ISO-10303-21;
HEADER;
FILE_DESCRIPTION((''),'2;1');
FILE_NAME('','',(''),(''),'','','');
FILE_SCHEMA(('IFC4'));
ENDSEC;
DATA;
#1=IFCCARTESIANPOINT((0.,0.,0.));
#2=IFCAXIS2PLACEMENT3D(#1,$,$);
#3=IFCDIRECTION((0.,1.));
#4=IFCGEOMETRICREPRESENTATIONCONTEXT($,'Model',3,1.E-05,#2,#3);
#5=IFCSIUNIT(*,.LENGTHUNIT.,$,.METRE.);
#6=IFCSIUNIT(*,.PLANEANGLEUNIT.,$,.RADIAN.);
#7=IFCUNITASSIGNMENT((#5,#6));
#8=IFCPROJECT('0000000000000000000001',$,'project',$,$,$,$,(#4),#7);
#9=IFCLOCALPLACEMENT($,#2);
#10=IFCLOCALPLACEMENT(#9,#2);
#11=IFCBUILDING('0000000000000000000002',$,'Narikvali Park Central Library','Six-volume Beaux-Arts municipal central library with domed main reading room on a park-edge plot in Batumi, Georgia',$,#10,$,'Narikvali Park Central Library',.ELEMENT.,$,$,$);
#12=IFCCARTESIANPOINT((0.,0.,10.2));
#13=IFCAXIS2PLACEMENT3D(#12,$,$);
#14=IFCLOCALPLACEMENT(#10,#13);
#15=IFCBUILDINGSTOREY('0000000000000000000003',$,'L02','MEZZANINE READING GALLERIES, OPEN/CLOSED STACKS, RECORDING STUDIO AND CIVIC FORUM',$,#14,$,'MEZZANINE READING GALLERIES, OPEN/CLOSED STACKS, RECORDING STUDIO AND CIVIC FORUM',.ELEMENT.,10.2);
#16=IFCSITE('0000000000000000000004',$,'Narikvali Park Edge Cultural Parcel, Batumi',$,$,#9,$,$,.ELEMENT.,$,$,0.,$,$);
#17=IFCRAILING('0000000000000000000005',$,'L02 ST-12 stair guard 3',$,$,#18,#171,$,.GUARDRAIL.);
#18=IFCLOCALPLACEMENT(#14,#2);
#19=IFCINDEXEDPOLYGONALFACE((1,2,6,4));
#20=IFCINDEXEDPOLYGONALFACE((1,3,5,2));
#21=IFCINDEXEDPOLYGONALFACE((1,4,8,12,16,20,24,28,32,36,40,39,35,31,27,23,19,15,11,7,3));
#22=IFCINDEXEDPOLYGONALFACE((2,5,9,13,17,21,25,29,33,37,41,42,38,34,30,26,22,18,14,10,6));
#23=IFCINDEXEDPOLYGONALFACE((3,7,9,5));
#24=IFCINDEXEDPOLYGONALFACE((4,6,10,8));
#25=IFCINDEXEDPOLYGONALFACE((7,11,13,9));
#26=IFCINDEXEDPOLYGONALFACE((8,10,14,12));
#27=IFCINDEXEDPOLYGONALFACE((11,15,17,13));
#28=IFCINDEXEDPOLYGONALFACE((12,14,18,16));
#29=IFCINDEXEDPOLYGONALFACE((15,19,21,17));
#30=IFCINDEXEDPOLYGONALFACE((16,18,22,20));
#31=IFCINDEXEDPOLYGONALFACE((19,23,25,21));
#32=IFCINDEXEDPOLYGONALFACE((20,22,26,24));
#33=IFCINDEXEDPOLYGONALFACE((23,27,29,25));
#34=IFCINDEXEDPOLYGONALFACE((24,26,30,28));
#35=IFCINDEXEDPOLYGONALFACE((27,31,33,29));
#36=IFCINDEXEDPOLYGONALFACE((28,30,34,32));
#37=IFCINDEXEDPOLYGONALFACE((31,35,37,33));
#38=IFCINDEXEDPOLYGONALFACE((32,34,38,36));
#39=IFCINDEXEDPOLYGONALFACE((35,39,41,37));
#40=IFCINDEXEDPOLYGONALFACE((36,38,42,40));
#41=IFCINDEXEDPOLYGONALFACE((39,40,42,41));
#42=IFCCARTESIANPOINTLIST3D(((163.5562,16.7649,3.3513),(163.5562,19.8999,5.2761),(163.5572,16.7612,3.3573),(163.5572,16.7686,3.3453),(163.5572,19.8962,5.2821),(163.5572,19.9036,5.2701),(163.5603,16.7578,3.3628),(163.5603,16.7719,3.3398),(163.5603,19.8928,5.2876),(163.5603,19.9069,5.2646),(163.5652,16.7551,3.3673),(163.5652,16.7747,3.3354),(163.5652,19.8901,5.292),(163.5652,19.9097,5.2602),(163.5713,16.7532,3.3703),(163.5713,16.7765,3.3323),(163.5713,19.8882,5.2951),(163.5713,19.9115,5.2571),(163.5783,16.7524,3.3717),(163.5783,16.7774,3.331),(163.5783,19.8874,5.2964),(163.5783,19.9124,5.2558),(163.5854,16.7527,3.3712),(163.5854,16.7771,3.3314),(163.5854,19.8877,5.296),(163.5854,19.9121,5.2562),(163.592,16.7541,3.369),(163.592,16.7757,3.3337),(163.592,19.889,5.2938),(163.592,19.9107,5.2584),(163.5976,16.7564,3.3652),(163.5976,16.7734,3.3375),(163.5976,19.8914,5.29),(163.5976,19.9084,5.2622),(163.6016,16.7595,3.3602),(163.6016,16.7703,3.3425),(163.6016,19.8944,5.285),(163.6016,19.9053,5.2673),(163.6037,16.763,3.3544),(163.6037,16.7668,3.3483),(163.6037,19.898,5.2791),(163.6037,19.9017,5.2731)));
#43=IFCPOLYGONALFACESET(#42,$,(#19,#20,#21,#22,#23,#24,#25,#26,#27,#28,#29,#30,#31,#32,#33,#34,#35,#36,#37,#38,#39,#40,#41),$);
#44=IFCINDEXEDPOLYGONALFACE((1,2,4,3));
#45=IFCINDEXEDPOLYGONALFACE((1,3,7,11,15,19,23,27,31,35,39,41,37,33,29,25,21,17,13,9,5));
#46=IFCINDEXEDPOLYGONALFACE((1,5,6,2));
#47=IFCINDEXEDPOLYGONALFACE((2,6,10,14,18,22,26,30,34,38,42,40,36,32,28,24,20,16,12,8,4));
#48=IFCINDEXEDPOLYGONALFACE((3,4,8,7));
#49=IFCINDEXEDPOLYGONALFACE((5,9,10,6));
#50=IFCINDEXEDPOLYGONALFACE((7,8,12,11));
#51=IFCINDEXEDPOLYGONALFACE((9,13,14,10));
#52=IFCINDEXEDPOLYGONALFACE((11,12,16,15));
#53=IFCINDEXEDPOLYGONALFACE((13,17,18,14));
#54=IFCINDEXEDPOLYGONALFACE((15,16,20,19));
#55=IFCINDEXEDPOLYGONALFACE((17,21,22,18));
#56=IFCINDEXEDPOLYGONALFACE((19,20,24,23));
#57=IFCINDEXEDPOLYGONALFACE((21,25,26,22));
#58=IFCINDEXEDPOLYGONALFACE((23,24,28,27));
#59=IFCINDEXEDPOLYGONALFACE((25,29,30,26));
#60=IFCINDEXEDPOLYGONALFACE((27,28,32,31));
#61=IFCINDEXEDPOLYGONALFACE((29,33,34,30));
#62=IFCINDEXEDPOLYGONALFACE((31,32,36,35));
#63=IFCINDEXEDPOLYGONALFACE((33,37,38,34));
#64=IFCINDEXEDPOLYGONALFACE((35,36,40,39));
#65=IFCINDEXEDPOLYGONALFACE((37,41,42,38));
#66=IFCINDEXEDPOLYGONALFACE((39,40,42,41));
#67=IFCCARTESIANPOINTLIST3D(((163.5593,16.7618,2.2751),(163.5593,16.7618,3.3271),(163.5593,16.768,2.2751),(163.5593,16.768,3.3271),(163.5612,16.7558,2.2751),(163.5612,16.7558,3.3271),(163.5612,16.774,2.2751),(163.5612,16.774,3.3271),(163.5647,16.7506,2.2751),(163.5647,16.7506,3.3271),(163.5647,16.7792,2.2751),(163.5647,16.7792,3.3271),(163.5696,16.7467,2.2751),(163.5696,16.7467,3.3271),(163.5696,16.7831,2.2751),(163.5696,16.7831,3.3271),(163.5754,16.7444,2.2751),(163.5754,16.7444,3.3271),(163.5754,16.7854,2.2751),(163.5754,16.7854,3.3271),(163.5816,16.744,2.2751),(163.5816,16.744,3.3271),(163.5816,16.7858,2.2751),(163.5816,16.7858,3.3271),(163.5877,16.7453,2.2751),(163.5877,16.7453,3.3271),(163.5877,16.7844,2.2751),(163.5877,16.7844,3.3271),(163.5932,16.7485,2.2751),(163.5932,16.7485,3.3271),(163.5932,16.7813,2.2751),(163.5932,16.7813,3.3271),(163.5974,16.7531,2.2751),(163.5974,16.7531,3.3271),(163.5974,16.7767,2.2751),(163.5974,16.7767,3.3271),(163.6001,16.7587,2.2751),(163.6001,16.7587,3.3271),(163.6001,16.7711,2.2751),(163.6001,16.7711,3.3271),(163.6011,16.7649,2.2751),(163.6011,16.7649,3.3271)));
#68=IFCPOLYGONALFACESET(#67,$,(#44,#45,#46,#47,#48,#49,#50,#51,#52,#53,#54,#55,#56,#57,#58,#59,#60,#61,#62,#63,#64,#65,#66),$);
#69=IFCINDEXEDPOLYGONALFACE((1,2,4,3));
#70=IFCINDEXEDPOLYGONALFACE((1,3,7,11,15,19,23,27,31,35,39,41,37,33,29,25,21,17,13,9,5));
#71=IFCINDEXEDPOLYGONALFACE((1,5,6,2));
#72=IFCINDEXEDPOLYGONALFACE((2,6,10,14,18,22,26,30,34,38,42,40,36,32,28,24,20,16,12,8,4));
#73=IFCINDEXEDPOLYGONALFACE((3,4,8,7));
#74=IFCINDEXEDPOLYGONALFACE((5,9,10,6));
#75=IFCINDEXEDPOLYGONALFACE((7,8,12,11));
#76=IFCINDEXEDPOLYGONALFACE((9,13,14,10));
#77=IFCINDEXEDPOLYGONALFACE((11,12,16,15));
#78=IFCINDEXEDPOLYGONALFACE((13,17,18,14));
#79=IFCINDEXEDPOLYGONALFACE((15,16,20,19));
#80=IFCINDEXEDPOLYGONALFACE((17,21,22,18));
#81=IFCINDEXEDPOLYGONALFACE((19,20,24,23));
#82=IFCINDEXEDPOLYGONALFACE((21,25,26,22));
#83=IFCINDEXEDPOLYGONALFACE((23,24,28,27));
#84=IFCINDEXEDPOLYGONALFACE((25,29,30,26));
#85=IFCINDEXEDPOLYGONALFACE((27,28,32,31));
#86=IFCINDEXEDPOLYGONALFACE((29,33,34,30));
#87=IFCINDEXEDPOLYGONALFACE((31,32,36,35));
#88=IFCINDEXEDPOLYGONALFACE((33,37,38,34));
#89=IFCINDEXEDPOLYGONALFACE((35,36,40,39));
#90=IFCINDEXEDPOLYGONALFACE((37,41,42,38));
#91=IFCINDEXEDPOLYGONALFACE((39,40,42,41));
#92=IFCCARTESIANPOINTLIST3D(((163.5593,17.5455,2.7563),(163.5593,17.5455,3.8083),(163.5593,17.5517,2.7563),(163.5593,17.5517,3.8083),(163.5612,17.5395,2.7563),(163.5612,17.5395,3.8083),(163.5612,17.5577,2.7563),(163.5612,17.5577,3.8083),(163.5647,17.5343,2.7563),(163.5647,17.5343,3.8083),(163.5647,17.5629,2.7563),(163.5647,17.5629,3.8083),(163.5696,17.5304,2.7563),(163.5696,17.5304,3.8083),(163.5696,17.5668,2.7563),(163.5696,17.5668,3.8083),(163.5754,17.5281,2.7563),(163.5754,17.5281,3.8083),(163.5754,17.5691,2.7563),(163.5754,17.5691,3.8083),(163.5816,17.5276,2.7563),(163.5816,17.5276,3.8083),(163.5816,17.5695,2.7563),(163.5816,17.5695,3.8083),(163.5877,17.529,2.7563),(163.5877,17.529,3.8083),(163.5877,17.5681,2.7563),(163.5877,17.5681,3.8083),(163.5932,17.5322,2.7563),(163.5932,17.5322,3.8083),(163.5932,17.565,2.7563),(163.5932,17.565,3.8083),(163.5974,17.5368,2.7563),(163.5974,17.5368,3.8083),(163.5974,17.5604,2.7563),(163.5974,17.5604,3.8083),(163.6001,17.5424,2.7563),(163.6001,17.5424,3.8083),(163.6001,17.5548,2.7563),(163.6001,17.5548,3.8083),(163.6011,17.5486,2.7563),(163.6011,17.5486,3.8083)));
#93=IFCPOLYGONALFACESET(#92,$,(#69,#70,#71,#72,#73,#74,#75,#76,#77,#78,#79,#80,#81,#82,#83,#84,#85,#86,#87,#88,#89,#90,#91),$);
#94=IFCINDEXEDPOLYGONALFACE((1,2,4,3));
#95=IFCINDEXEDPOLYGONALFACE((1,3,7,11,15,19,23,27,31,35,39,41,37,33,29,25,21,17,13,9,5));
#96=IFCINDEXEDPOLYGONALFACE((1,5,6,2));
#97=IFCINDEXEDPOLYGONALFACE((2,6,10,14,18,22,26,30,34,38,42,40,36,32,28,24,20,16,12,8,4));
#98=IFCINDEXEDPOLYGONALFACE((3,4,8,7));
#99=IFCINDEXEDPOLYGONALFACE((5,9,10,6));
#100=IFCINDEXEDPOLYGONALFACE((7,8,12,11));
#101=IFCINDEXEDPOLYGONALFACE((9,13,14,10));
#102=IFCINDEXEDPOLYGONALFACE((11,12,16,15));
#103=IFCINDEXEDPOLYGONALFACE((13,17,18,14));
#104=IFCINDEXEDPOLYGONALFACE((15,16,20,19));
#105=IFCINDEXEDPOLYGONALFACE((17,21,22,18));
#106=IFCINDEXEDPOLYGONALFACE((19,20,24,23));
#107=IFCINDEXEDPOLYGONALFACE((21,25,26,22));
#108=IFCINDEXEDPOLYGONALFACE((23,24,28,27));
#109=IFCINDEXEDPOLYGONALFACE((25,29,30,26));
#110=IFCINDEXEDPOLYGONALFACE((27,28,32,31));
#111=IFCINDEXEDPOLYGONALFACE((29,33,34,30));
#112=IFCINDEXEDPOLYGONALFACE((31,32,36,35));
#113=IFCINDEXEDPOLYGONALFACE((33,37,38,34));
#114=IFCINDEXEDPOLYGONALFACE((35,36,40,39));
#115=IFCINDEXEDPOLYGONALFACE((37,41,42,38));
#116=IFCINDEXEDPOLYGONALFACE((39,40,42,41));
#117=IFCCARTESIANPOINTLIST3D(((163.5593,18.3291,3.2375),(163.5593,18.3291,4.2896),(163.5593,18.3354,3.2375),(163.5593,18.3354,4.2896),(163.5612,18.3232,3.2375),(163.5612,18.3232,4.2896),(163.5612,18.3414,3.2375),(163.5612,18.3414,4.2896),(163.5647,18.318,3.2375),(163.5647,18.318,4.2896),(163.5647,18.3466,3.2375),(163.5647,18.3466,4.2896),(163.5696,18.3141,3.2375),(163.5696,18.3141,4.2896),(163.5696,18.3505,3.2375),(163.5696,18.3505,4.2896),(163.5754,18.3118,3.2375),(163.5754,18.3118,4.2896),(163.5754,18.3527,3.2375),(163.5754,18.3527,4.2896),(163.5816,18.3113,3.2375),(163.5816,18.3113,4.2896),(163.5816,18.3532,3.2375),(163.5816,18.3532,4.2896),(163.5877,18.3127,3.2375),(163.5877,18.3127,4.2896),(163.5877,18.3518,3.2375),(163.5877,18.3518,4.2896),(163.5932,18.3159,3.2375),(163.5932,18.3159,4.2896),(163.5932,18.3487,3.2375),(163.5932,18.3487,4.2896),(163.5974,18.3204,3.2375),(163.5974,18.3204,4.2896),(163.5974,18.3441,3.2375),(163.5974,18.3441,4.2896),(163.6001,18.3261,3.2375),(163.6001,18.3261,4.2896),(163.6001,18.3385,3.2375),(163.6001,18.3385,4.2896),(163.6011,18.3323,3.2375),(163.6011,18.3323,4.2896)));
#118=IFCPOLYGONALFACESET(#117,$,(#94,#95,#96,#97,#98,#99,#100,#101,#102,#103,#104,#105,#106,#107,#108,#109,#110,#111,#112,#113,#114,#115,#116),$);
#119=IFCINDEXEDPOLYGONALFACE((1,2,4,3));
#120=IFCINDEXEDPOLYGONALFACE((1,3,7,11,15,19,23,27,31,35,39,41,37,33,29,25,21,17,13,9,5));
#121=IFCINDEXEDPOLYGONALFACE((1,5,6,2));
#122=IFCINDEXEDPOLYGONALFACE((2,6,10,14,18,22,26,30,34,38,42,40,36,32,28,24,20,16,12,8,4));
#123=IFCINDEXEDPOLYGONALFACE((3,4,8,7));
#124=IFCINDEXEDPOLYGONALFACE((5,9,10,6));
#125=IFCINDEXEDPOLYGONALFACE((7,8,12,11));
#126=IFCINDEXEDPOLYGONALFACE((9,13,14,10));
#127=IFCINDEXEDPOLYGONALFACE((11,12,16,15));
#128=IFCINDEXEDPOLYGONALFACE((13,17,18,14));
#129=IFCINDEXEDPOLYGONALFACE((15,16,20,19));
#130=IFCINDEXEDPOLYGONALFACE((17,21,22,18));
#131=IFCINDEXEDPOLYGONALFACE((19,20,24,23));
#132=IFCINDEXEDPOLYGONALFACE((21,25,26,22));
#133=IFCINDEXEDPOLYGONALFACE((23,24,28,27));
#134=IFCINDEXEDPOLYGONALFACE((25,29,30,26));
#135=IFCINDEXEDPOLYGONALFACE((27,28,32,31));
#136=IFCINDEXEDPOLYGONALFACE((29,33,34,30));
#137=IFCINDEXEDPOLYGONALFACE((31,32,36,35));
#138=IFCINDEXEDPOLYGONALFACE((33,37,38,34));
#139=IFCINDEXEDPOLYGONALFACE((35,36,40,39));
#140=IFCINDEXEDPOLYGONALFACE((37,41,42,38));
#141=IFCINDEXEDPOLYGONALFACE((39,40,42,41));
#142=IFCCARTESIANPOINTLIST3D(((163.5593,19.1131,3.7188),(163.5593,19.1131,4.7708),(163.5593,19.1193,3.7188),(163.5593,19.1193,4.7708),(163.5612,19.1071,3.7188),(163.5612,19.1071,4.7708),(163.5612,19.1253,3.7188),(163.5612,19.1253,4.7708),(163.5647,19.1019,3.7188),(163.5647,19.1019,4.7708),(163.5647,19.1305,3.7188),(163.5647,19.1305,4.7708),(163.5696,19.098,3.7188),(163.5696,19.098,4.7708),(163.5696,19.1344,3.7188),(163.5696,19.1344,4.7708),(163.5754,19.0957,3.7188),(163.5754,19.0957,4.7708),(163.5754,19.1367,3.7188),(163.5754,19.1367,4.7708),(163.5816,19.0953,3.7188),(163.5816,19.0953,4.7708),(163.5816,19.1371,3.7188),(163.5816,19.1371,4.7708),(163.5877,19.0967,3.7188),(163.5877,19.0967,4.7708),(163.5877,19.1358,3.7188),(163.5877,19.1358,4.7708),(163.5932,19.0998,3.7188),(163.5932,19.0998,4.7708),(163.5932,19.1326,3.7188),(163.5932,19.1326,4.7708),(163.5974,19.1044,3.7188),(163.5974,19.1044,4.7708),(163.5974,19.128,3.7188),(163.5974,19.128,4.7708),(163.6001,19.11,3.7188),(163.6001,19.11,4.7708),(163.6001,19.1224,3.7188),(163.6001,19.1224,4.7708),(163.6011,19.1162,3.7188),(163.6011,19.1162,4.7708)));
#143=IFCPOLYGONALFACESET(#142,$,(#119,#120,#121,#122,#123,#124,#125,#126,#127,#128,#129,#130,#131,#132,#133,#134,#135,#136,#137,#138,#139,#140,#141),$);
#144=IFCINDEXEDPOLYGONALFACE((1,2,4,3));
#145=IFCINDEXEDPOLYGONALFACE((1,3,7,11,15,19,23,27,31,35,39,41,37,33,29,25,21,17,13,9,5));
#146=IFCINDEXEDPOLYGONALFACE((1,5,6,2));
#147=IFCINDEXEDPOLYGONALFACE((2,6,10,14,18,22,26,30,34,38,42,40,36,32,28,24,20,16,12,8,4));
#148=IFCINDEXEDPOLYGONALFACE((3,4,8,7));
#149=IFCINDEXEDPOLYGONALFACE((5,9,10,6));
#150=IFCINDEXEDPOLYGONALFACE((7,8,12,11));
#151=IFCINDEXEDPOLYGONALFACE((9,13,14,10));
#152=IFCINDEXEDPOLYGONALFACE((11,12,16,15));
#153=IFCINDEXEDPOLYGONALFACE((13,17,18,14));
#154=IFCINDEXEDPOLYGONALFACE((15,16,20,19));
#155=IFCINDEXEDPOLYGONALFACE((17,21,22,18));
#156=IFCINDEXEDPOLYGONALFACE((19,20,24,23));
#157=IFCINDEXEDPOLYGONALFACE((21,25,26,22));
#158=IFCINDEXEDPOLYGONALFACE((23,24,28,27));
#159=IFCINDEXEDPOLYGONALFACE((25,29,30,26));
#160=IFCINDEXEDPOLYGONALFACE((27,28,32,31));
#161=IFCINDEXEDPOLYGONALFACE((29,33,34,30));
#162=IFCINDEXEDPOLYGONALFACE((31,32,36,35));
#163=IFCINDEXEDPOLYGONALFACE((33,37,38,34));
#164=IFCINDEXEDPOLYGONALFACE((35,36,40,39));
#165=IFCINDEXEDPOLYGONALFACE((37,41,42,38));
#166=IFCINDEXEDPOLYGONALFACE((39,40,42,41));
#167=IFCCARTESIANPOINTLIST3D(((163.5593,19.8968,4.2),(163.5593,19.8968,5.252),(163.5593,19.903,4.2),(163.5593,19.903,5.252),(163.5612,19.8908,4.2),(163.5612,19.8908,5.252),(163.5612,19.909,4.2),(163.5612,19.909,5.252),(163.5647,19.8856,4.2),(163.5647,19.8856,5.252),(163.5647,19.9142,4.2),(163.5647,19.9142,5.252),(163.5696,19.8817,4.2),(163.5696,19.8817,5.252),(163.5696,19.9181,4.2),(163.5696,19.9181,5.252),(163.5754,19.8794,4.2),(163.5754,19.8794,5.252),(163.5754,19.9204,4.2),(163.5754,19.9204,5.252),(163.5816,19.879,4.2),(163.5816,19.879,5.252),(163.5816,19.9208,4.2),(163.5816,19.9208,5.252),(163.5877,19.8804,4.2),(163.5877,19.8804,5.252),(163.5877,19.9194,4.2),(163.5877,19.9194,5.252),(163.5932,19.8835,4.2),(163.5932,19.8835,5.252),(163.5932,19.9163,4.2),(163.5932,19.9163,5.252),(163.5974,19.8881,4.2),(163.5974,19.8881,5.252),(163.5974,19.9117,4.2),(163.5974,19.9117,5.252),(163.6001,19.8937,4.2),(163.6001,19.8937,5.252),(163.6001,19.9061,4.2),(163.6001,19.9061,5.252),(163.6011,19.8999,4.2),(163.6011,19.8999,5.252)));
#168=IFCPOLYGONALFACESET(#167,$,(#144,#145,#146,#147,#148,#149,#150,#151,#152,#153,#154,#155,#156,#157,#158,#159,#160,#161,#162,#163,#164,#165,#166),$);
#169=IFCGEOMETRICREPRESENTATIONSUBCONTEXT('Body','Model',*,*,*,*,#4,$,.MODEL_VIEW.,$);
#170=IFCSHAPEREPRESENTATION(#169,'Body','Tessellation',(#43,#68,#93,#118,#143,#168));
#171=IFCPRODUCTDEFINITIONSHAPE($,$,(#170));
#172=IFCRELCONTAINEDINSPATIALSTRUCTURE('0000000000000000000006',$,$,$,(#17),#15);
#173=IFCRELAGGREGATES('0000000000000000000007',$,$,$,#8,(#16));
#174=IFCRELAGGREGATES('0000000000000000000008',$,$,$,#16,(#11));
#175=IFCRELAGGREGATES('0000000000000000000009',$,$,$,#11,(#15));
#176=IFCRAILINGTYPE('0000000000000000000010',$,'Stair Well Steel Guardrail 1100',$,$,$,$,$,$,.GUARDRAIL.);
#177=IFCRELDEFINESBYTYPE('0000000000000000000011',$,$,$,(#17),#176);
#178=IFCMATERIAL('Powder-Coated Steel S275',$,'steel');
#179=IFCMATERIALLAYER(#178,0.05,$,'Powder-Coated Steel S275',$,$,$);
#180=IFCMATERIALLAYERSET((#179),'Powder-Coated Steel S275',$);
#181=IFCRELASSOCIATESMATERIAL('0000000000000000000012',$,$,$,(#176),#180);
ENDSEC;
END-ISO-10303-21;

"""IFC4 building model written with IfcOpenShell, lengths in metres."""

from ifc_helpers import new_model, si_unit, direction, frame, origin, origin_2d, place, context, subcontext, project, spatial, circle, extrude, material, layer, layer_set, type_object, element, save


model = new_model("IFC4")

# Units and contexts
model_context = context("Model", 3, precision=1e-05, world=origin(), true_north=direction((0.0, 1.0)))
body_context = subcontext(model_context, "Body", "Model", "MODEL_VIEW")
ifc_project = project(units=[si_unit("LENGTHUNIT", "METRE"), si_unit("PLANEANGLEUNIT", "RADIAN")], contexts=[model_context])

# Site, building, storey
site_placement = place(None, origin())
site = spatial("IfcSite", under=ifc_project, at=site_placement, Name="Narikvali Park Edge Cultural Parcel, Batumi", CompositionType="ELEMENT", RefElevation=0.0)
building_placement = place(site_placement, origin())
building = spatial("IfcBuilding", under=site, at=building_placement, Name="Narikvali Park Central Library", Description="Six-volume Beaux-Arts municipal central library with domed main reading room on a park-edge plot in Batumi, Georgia", LongName="Narikvali Park Central Library", CompositionType="ELEMENT")
storey_placement = place(building_placement, frame((0.0, 0.0, 10.2)))
storey = spatial("IfcBuildingStorey", under=building, at=storey_placement, Name="L02", Description="MEZZANINE READING GALLERIES, OPEN/CLOSED STACKS, RECORDING STUDIO AND CIVIC FORUM", LongName="MEZZANINE READING GALLERIES, OPEN/CLOSED STACKS, RECORDING STUDIO AND CIVIC FORUM", CompositionType="ELEMENT", Elevation=10.2)

# Railing
ifc_material_1 = material(Name="Powder-Coated Steel S275", Category="steel")
ifc_layer_1 = layer(ifc_material_1, 0.05, Name="Powder-Coated Steel S275")
ifc_layer_set_1 = layer_set([ifc_layer_1], Name="Powder-Coated Steel S275")
railing_type_1 = type_object("IfcRailingType", Name="Stair Well Steel Guardrail 1100", PredefinedType="GUARDRAIL", material=ifc_layer_set_1)
railing_1_placement = place(storey_placement, frame((163.5801, 16.7649, 2.2751)))
element("IfcRailing", 1, at=railing_1_placement, inside=storey, type_object=railing_type_1, Name="L02 ST-12 stair guard 3", PredefinedType="GUARDRAIL", context=body_context, shape_type="SweptSolid", body=[
    extrude(circle(Radius=0.0239, at=origin_2d()), frame((0.0, 0.0, 1.0762), z_axis=(0.0, 0.852196, 0.523223), x_axis=(-1.0, 0.0, 0.0)), (0.0, 0.0, 1.0), 3.6787),
    extrude(circle(Radius=0.021, at=origin_2d()), origin(), (0.0, 0.0, 1.0), 1.052),
    extrude(circle(Radius=0.021, at=origin_2d()), frame((0.0, 0.7837, 0.4812)), (0.0, 0.0, 1.0), 1.052),
    extrude(circle(Radius=0.021, at=origin_2d()), frame((0.0, 1.5674, 0.9624)), (0.0, 0.0, 1.0), 1.052),
    extrude(circle(Radius=0.021, at=origin_2d()), frame((0.0, 2.3513, 1.4436)), (0.0, 0.0, 1.0), 1.052),
    extrude(circle(Radius=0.021, at=origin_2d()), frame((0.0, 3.135, 1.9248)), (0.0, 0.0, 1.0), 1.052),
])

save(model, "model.ifc")
